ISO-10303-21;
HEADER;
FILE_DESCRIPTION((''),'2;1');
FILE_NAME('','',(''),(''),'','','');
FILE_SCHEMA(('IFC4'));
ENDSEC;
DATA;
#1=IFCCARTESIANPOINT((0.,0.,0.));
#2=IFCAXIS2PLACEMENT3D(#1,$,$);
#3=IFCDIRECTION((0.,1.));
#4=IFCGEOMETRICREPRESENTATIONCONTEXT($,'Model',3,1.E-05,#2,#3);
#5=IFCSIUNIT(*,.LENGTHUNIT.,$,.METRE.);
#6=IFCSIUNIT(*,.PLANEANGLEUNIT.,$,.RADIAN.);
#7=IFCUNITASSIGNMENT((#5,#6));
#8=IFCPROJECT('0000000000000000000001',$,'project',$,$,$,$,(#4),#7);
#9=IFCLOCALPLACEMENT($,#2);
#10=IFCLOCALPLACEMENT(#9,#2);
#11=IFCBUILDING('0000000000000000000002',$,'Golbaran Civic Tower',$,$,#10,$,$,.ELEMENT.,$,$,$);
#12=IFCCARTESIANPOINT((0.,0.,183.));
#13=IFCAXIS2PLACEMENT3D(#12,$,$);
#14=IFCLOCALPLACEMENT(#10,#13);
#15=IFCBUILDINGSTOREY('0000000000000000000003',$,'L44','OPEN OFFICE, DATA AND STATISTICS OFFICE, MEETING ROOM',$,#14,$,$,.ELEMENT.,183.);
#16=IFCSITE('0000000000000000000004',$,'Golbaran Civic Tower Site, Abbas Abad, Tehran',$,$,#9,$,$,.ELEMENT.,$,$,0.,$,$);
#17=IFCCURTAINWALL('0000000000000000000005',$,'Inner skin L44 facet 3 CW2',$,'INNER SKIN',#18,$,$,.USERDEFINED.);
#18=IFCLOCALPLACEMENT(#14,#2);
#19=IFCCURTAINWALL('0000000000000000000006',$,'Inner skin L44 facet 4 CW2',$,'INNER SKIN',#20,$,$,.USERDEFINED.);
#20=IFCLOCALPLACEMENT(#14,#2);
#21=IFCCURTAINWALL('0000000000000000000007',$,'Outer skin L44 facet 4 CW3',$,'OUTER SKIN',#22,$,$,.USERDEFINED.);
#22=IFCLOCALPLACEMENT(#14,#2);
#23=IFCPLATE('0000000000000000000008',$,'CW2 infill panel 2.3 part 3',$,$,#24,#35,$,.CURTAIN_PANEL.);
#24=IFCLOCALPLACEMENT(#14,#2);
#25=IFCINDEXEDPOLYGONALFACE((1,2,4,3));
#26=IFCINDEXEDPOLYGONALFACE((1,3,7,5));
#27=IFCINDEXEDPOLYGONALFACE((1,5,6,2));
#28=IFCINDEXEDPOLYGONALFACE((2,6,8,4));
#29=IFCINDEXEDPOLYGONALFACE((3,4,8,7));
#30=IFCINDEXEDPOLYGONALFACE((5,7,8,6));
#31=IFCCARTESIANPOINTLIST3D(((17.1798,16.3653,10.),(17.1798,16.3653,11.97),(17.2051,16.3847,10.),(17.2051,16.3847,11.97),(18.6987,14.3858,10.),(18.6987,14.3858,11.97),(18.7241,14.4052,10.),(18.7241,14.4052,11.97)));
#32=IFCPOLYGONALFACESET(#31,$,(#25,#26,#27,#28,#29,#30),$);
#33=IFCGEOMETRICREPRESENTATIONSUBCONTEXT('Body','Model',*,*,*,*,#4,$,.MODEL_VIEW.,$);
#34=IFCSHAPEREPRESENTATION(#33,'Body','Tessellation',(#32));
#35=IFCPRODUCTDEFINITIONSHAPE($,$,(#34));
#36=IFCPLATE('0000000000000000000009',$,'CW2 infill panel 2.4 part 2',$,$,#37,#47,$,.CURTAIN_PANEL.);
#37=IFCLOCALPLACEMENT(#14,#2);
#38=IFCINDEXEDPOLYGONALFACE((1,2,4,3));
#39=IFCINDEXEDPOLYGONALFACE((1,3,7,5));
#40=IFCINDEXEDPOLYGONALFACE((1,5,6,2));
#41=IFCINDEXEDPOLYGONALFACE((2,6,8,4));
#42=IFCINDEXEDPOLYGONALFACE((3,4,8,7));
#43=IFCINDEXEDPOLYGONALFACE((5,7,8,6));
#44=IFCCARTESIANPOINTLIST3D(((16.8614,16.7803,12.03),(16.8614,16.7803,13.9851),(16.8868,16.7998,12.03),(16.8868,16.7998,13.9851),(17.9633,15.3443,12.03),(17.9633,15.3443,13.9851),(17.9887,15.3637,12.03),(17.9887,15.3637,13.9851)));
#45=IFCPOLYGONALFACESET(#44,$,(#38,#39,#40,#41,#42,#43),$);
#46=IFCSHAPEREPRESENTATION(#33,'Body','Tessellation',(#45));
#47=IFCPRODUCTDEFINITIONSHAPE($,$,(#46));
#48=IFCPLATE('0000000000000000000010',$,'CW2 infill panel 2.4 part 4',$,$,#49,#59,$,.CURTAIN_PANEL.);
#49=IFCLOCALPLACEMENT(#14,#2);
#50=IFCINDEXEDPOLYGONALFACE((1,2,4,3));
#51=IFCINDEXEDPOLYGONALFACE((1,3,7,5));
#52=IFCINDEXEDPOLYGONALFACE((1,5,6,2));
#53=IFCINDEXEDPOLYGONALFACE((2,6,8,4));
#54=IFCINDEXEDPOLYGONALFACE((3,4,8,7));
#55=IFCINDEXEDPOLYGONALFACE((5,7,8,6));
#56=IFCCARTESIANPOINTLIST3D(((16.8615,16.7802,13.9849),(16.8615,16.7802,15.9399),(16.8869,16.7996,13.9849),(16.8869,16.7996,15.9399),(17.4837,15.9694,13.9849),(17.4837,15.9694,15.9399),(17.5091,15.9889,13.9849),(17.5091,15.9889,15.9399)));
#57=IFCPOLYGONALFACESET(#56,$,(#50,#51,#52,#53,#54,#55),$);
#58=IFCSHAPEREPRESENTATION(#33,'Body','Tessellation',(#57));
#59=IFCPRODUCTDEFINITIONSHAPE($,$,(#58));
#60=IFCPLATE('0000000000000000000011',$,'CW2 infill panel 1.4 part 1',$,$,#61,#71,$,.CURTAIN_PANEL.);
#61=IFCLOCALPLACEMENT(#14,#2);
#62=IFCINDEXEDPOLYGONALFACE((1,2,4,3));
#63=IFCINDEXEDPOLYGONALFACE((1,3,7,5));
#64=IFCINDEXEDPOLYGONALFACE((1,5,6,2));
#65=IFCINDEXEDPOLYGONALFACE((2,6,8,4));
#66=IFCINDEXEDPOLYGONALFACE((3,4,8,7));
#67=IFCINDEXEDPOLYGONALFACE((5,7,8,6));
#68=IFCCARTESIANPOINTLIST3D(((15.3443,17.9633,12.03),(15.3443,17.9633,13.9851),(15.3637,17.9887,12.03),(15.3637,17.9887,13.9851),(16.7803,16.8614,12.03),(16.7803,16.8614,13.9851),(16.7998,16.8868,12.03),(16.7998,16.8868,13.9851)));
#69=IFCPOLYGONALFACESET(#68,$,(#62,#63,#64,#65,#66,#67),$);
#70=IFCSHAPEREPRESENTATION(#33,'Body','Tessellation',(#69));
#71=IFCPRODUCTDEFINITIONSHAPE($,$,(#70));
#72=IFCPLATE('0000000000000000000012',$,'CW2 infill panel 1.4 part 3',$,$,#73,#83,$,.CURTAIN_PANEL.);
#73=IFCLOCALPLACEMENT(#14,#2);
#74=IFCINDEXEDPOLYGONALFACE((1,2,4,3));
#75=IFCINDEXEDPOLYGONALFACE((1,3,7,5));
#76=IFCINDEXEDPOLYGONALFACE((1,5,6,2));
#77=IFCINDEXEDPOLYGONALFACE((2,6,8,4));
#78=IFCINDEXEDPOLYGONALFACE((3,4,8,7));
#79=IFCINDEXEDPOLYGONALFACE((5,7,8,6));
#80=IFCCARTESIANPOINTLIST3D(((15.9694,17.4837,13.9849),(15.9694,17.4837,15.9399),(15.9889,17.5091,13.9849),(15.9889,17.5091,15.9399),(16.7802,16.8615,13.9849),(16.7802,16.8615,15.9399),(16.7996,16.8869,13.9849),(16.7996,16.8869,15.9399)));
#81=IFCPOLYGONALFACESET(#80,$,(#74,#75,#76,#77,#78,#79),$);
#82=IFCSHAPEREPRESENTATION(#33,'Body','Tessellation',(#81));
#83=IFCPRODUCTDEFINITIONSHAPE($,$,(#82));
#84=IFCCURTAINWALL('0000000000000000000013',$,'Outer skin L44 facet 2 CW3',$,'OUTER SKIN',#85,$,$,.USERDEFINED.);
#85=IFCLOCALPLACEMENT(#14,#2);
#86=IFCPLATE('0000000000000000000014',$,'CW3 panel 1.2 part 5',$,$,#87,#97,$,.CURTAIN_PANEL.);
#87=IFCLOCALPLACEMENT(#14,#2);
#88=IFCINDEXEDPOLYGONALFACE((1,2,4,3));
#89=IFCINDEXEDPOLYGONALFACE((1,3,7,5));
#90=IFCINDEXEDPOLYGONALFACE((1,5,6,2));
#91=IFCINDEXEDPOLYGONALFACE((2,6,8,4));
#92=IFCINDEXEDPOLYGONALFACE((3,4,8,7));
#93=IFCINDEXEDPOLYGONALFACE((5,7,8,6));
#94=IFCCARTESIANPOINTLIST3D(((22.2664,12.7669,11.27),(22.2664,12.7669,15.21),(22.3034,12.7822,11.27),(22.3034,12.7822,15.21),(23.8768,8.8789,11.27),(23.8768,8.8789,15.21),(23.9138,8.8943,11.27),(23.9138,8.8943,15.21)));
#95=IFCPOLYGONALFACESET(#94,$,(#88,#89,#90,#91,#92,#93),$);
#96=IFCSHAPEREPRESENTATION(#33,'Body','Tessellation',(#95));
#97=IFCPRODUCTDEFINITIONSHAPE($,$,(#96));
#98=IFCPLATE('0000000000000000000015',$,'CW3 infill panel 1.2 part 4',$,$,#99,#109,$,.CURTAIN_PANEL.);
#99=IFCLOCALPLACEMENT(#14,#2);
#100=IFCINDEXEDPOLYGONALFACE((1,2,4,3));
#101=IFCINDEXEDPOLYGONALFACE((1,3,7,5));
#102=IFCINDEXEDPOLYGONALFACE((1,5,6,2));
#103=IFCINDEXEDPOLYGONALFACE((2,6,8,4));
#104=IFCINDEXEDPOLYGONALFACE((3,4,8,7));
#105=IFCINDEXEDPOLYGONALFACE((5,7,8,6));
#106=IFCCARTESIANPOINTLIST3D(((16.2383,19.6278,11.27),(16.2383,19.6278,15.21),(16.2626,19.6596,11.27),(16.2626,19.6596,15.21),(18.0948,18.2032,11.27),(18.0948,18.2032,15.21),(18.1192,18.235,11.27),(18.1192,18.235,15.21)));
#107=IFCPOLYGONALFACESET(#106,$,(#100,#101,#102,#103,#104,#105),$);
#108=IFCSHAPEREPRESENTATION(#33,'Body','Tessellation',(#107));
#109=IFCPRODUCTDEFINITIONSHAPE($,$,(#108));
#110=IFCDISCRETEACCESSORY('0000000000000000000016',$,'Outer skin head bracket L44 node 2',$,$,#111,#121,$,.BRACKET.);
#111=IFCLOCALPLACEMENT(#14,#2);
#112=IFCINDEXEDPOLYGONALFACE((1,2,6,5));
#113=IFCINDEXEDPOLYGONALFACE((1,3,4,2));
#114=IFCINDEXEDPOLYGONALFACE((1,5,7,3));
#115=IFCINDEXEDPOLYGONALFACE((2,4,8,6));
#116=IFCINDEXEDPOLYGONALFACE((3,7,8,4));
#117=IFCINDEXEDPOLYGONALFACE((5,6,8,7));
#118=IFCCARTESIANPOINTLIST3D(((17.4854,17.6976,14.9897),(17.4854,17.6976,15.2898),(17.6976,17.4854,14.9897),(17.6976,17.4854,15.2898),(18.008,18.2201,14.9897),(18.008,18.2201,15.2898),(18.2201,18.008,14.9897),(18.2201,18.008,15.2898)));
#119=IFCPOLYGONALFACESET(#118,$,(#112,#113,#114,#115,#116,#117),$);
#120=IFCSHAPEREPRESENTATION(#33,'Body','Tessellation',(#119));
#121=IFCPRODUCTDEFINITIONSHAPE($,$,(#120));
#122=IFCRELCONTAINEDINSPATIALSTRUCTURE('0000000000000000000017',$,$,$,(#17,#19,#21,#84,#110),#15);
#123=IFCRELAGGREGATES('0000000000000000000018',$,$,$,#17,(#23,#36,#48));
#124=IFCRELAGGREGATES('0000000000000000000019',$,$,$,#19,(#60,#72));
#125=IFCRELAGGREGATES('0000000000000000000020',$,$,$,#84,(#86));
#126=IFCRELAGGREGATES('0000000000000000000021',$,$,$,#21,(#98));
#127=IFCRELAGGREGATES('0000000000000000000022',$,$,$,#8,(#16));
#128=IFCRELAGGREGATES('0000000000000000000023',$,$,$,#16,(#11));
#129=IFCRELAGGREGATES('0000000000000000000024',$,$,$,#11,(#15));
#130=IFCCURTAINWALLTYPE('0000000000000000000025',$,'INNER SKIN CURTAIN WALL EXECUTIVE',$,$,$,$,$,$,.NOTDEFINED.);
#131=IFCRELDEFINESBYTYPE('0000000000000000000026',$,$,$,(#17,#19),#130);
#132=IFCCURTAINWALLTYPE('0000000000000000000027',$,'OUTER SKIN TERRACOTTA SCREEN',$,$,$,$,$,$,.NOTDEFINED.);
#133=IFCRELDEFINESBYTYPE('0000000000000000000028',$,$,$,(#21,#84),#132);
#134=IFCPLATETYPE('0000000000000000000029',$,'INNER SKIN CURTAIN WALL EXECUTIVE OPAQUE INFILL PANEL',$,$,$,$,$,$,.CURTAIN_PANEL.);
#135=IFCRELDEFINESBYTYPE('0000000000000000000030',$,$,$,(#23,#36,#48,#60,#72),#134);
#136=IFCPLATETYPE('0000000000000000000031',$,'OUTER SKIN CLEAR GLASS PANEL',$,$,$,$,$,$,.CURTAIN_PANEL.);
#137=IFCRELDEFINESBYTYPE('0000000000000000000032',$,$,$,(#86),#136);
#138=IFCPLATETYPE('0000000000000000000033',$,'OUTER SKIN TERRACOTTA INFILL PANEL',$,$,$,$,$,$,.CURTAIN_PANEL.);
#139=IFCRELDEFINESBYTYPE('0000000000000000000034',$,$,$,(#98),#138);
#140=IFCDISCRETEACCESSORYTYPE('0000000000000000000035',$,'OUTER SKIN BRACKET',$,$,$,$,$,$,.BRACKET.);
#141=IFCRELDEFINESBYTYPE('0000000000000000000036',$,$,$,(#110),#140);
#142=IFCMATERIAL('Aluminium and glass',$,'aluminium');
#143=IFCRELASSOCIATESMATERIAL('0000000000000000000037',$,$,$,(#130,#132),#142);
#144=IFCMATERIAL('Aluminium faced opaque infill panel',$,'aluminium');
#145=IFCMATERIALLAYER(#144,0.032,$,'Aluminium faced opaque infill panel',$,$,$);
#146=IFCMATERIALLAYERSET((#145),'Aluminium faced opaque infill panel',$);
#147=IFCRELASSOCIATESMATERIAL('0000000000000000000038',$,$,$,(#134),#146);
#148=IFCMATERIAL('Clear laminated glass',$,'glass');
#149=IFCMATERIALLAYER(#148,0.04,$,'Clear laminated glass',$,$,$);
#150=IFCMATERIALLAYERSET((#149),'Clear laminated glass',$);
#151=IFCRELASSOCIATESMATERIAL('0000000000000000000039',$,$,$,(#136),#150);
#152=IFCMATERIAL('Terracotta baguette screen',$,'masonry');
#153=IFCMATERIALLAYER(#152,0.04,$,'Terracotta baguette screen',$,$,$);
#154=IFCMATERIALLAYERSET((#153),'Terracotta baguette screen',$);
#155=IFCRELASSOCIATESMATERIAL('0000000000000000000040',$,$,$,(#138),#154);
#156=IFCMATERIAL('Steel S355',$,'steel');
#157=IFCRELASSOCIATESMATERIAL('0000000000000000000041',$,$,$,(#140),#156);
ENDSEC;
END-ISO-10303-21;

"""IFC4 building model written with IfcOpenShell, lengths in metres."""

from ifc_helpers import new_model, si_unit, direction, frame, origin, origin_2d, place, context, subcontext, project, spatial, rectangle, extrude, material, layer, layer_set, type_object, element, aggregate, save


model = new_model("IFC4")

# Units and contexts
model_context = context("Model", 3, precision=1e-05, world=origin(), true_north=direction((0.0, 1.0)))
body_context = subcontext(model_context, "Body", "Model", "MODEL_VIEW")
ifc_project = project(units=[si_unit("LENGTHUNIT", "METRE"), si_unit("PLANEANGLEUNIT", "RADIAN")], contexts=[model_context])

# Site, building, storey
site_placement = place(None, origin())
site = spatial("IfcSite", under=ifc_project, at=site_placement, Name="Golbaran Civic Tower Site, Abbas Abad, Tehran", CompositionType="ELEMENT", RefElevation=0.0)
building_placement = place(site_placement, origin())
building = spatial("IfcBuilding", under=site, at=building_placement, Name="Golbaran Civic Tower", CompositionType="ELEMENT")
storey_placement = place(building_placement, frame((0.0, 0.0, 183.0)))
storey = spatial("IfcBuildingStorey", under=building, at=storey_placement, Name="L44", Description="OPEN OFFICE, DATA AND STATISTICS OFFICE, MEETING ROOM", CompositionType="ELEMENT", Elevation=183.0)

# Curtain walls
ifc_material_1 = material(Name="Aluminium and glass", Category="aluminium")
curtain_wall_type_1 = type_object("IfcCurtainWallType", Name="INNER SKIN CURTAIN WALL EXECUTIVE", PredefinedType="NOTDEFINED", material=ifc_material_1)
curtain_wall_1_placement = place(storey_placement, origin())
curtain_wall_1 = element("IfcCurtainWall", 1, at=curtain_wall_1_placement, inside=storey, type_object=curtain_wall_type_1, Name="Inner skin L44 facet 3 CW2", ObjectType="INNER SKIN", PredefinedType="USERDEFINED")
curtain_wall_2_placement = place(storey_placement, origin())
curtain_wall_2 = element("IfcCurtainWall", 2, at=curtain_wall_2_placement, inside=storey, type_object=curtain_wall_type_1, Name="Inner skin L44 facet 4 CW2", ObjectType="INNER SKIN", PredefinedType="USERDEFINED")

# Curtain wall
curtain_wall_type_2 = type_object("IfcCurtainWallType", Name="OUTER SKIN TERRACOTTA SCREEN", PredefinedType="NOTDEFINED", material=ifc_material_1)
curtain_wall_3_placement = place(storey_placement, origin())
curtain_wall_3 = element("IfcCurtainWall", 3, at=curtain_wall_3_placement, inside=storey, type_object=curtain_wall_type_2, Name="Outer skin L44 facet 4 CW3", ObjectType="OUTER SKIN", PredefinedType="USERDEFINED")

# Plates
ifc_material_2 = material(Name="Aluminium faced opaque infill panel", Category="aluminium")
ifc_layer_1 = layer(ifc_material_2, 0.032, Name="Aluminium faced opaque infill panel")
ifc_layer_set_1 = layer_set([ifc_layer_1], Name="Aluminium faced opaque infill panel")
plate_type_1 = type_object("IfcPlateType", Name="INNER SKIN CURTAIN WALL EXECUTIVE OPAQUE INFILL PANEL", PredefinedType="CURTAIN_PANEL", material=ifc_layer_set_1)
plate_1_placement = place(storey_placement, frame((17.9519, 15.3853, 10.0), z_axis=(0.0, 0.0, 1.0), x_axis=(-0.608761, 0.793353, 0.0)))
plate_1 = element("IfcPlate", 4, at=plate_1_placement, type_object=plate_type_1, Name="CW2 infill panel 2.3 part 3", PredefinedType="CURTAIN_PANEL", context=body_context, shape_type="SweptSolid", body=[
    extrude(rectangle(XDim=2.4951, YDim=0.032, at=origin_2d()), origin(), (0.0, 0.0, 1.0), 1.97),
])
plate_2_placement = place(storey_placement, frame((17.425, 16.072, 12.03), z_axis=(0.0, 0.0, 1.0), x_axis=(-0.608761, 0.793353, 0.0)))
plate_2 = element("IfcPlate", 5, at=plate_2_placement, type_object=plate_type_1, Name="CW2 infill panel 2.4 part 2", PredefinedType="CURTAIN_PANEL", context=body_context, shape_type="SweptSolid", body=[
    extrude(rectangle(XDim=1.8101, YDim=0.032, at=origin_2d()), origin(), (0.0, 0.0, 1.0), 1.9551),
])
plate_3_placement = place(storey_placement, frame((17.1853, 16.3845, 13.9849), z_axis=(0.0, 0.0, 1.0), x_axis=(-0.608761, 0.793353, 0.0)))
plate_3 = element("IfcPlate", 6, at=plate_3_placement, type_object=plate_type_1, Name="CW2 infill panel 2.4 part 4", PredefinedType="CURTAIN_PANEL", context=body_context, shape_type="SweptSolid", body=[
    extrude(rectangle(XDim=1.022, YDim=0.032, at=origin_2d()), origin(), (0.0, 0.0, 1.0), 1.9551),
])
aggregate(curtain_wall_1, [plate_1, plate_2, plate_3])
plate_4_placement = place(storey_placement, frame((16.072, 17.425, 12.03), z_axis=(0.0, 0.0, 1.0), x_axis=(-0.793353, 0.608761, 0.0)))
plate_4 = element("IfcPlate", 7, at=plate_4_placement, type_object=plate_type_1, Name="CW2 infill panel 1.4 part 1", PredefinedType="CURTAIN_PANEL", context=body_context, shape_type="SweptSolid", body=[
    extrude(rectangle(XDim=1.8101, YDim=0.032, at=origin_2d()), origin(), (0.0, 0.0, 1.0), 1.9551),
])
plate_5_placement = place(storey_placement, frame((16.3845, 17.1853, 13.9849), z_axis=(0.0, 0.0, 1.0), x_axis=(-0.793353, 0.608761, 0.0)))
plate_5 = element("IfcPlate", 8, at=plate_5_placement, type_object=plate_type_1, Name="CW2 infill panel 1.4 part 3", PredefinedType="CURTAIN_PANEL", context=body_context, shape_type="SweptSolid", body=[
    extrude(rectangle(XDim=1.022, YDim=0.032, at=origin_2d()), origin(), (0.0, 0.0, 1.0), 1.9551),
])
aggregate(curtain_wall_2, [plate_4, plate_5])

# Curtain wall, plate
curtain_wall_4_placement = place(storey_placement, origin())
curtain_wall_4 = element("IfcCurtainWall", 9, at=curtain_wall_4_placement, inside=storey, type_object=curtain_wall_type_2, Name="Outer skin L44 facet 2 CW3", ObjectType="OUTER SKIN", PredefinedType="USERDEFINED")
ifc_material_3 = material(Name="Clear laminated glass", Category="glass")
ifc_layer_2 = layer(ifc_material_3, 0.04, Name="Clear laminated glass")
ifc_layer_set_2 = layer_set([ifc_layer_2], Name="Clear laminated glass")
plate_type_2 = type_object("IfcPlateType", Name="OUTER SKIN CLEAR GLASS PANEL", PredefinedType="CURTAIN_PANEL", material=ifc_layer_set_2)
plate_6_placement = place(storey_placement, frame((23.0901, 10.8306, 11.27), z_axis=(0.0, 0.0, 1.0), x_axis=(-0.382683, 0.92388, 0.0)))
plate_6 = element("IfcPlate", 10, at=plate_6_placement, type_object=plate_type_2, Name="CW3 panel 1.2 part 5", PredefinedType="CURTAIN_PANEL", context=body_context, shape_type="SweptSolid", body=[
    extrude(rectangle(XDim=4.2083, YDim=0.04, at=origin_2d()), origin(), (0.0, 0.0, 1.0), 3.9399),
])
aggregate(curtain_wall_4, [plate_6])

# Plate
ifc_material_4 = material(Name="Terracotta baguette screen", Category="masonry")
ifc_layer_3 = layer(ifc_material_4, 0.04, Name="Terracotta baguette screen")
ifc_layer_set_3 = layer_set([ifc_layer_3], Name="Terracotta baguette screen")
plate_type_3 = type_object("IfcPlateType", Name="OUTER SKIN TERRACOTTA INFILL PANEL", PredefinedType="CURTAIN_PANEL", material=ifc_layer_set_3)
plate_7_placement = place(storey_placement, frame((17.1787, 18.9314, 11.27), z_axis=(0.0, 0.0, 1.0), x_axis=(-0.793353, 0.608761, 0.0)))
plate_7 = element("IfcPlate", 11, at=plate_7_placement, type_object=plate_type_3, Name="CW3 infill panel 1.2 part 4", PredefinedType="CURTAIN_PANEL", context=body_context, shape_type="SweptSolid", body=[
    extrude(rectangle(XDim=2.3401, YDim=0.04, at=origin_2d()), origin(), (0.0, 0.0, 1.0), 3.9399),
])
aggregate(curtain_wall_3, [plate_7])

# Discrete accessory
ifc_material_5 = material(Name="Steel S355", Category="steel")
discrete_accessory_type = type_object("IfcDiscreteAccessoryType", Name="OUTER SKIN BRACKET", PredefinedType="BRACKET", material=ifc_material_5)
discrete_accessory_placement = place(storey_placement, frame((17.8528, 17.8528, 14.9897), z_axis=(0.0, 0.0, 1.0), x_axis=(0.707107, 0.707107, 0.0)))
element("IfcDiscreteAccessory", 12, at=discrete_accessory_placement, inside=storey, type_object=discrete_accessory_type, Name="Outer skin head bracket L44 node 2", PredefinedType="BRACKET", context=body_context, shape_type="SweptSolid", body=[
    extrude(rectangle(XDim=0.739, YDim=0.3, at=origin_2d()), origin(), (0.0, 0.0, 1.0), 0.3),
])

save(model, "model.ifc")
